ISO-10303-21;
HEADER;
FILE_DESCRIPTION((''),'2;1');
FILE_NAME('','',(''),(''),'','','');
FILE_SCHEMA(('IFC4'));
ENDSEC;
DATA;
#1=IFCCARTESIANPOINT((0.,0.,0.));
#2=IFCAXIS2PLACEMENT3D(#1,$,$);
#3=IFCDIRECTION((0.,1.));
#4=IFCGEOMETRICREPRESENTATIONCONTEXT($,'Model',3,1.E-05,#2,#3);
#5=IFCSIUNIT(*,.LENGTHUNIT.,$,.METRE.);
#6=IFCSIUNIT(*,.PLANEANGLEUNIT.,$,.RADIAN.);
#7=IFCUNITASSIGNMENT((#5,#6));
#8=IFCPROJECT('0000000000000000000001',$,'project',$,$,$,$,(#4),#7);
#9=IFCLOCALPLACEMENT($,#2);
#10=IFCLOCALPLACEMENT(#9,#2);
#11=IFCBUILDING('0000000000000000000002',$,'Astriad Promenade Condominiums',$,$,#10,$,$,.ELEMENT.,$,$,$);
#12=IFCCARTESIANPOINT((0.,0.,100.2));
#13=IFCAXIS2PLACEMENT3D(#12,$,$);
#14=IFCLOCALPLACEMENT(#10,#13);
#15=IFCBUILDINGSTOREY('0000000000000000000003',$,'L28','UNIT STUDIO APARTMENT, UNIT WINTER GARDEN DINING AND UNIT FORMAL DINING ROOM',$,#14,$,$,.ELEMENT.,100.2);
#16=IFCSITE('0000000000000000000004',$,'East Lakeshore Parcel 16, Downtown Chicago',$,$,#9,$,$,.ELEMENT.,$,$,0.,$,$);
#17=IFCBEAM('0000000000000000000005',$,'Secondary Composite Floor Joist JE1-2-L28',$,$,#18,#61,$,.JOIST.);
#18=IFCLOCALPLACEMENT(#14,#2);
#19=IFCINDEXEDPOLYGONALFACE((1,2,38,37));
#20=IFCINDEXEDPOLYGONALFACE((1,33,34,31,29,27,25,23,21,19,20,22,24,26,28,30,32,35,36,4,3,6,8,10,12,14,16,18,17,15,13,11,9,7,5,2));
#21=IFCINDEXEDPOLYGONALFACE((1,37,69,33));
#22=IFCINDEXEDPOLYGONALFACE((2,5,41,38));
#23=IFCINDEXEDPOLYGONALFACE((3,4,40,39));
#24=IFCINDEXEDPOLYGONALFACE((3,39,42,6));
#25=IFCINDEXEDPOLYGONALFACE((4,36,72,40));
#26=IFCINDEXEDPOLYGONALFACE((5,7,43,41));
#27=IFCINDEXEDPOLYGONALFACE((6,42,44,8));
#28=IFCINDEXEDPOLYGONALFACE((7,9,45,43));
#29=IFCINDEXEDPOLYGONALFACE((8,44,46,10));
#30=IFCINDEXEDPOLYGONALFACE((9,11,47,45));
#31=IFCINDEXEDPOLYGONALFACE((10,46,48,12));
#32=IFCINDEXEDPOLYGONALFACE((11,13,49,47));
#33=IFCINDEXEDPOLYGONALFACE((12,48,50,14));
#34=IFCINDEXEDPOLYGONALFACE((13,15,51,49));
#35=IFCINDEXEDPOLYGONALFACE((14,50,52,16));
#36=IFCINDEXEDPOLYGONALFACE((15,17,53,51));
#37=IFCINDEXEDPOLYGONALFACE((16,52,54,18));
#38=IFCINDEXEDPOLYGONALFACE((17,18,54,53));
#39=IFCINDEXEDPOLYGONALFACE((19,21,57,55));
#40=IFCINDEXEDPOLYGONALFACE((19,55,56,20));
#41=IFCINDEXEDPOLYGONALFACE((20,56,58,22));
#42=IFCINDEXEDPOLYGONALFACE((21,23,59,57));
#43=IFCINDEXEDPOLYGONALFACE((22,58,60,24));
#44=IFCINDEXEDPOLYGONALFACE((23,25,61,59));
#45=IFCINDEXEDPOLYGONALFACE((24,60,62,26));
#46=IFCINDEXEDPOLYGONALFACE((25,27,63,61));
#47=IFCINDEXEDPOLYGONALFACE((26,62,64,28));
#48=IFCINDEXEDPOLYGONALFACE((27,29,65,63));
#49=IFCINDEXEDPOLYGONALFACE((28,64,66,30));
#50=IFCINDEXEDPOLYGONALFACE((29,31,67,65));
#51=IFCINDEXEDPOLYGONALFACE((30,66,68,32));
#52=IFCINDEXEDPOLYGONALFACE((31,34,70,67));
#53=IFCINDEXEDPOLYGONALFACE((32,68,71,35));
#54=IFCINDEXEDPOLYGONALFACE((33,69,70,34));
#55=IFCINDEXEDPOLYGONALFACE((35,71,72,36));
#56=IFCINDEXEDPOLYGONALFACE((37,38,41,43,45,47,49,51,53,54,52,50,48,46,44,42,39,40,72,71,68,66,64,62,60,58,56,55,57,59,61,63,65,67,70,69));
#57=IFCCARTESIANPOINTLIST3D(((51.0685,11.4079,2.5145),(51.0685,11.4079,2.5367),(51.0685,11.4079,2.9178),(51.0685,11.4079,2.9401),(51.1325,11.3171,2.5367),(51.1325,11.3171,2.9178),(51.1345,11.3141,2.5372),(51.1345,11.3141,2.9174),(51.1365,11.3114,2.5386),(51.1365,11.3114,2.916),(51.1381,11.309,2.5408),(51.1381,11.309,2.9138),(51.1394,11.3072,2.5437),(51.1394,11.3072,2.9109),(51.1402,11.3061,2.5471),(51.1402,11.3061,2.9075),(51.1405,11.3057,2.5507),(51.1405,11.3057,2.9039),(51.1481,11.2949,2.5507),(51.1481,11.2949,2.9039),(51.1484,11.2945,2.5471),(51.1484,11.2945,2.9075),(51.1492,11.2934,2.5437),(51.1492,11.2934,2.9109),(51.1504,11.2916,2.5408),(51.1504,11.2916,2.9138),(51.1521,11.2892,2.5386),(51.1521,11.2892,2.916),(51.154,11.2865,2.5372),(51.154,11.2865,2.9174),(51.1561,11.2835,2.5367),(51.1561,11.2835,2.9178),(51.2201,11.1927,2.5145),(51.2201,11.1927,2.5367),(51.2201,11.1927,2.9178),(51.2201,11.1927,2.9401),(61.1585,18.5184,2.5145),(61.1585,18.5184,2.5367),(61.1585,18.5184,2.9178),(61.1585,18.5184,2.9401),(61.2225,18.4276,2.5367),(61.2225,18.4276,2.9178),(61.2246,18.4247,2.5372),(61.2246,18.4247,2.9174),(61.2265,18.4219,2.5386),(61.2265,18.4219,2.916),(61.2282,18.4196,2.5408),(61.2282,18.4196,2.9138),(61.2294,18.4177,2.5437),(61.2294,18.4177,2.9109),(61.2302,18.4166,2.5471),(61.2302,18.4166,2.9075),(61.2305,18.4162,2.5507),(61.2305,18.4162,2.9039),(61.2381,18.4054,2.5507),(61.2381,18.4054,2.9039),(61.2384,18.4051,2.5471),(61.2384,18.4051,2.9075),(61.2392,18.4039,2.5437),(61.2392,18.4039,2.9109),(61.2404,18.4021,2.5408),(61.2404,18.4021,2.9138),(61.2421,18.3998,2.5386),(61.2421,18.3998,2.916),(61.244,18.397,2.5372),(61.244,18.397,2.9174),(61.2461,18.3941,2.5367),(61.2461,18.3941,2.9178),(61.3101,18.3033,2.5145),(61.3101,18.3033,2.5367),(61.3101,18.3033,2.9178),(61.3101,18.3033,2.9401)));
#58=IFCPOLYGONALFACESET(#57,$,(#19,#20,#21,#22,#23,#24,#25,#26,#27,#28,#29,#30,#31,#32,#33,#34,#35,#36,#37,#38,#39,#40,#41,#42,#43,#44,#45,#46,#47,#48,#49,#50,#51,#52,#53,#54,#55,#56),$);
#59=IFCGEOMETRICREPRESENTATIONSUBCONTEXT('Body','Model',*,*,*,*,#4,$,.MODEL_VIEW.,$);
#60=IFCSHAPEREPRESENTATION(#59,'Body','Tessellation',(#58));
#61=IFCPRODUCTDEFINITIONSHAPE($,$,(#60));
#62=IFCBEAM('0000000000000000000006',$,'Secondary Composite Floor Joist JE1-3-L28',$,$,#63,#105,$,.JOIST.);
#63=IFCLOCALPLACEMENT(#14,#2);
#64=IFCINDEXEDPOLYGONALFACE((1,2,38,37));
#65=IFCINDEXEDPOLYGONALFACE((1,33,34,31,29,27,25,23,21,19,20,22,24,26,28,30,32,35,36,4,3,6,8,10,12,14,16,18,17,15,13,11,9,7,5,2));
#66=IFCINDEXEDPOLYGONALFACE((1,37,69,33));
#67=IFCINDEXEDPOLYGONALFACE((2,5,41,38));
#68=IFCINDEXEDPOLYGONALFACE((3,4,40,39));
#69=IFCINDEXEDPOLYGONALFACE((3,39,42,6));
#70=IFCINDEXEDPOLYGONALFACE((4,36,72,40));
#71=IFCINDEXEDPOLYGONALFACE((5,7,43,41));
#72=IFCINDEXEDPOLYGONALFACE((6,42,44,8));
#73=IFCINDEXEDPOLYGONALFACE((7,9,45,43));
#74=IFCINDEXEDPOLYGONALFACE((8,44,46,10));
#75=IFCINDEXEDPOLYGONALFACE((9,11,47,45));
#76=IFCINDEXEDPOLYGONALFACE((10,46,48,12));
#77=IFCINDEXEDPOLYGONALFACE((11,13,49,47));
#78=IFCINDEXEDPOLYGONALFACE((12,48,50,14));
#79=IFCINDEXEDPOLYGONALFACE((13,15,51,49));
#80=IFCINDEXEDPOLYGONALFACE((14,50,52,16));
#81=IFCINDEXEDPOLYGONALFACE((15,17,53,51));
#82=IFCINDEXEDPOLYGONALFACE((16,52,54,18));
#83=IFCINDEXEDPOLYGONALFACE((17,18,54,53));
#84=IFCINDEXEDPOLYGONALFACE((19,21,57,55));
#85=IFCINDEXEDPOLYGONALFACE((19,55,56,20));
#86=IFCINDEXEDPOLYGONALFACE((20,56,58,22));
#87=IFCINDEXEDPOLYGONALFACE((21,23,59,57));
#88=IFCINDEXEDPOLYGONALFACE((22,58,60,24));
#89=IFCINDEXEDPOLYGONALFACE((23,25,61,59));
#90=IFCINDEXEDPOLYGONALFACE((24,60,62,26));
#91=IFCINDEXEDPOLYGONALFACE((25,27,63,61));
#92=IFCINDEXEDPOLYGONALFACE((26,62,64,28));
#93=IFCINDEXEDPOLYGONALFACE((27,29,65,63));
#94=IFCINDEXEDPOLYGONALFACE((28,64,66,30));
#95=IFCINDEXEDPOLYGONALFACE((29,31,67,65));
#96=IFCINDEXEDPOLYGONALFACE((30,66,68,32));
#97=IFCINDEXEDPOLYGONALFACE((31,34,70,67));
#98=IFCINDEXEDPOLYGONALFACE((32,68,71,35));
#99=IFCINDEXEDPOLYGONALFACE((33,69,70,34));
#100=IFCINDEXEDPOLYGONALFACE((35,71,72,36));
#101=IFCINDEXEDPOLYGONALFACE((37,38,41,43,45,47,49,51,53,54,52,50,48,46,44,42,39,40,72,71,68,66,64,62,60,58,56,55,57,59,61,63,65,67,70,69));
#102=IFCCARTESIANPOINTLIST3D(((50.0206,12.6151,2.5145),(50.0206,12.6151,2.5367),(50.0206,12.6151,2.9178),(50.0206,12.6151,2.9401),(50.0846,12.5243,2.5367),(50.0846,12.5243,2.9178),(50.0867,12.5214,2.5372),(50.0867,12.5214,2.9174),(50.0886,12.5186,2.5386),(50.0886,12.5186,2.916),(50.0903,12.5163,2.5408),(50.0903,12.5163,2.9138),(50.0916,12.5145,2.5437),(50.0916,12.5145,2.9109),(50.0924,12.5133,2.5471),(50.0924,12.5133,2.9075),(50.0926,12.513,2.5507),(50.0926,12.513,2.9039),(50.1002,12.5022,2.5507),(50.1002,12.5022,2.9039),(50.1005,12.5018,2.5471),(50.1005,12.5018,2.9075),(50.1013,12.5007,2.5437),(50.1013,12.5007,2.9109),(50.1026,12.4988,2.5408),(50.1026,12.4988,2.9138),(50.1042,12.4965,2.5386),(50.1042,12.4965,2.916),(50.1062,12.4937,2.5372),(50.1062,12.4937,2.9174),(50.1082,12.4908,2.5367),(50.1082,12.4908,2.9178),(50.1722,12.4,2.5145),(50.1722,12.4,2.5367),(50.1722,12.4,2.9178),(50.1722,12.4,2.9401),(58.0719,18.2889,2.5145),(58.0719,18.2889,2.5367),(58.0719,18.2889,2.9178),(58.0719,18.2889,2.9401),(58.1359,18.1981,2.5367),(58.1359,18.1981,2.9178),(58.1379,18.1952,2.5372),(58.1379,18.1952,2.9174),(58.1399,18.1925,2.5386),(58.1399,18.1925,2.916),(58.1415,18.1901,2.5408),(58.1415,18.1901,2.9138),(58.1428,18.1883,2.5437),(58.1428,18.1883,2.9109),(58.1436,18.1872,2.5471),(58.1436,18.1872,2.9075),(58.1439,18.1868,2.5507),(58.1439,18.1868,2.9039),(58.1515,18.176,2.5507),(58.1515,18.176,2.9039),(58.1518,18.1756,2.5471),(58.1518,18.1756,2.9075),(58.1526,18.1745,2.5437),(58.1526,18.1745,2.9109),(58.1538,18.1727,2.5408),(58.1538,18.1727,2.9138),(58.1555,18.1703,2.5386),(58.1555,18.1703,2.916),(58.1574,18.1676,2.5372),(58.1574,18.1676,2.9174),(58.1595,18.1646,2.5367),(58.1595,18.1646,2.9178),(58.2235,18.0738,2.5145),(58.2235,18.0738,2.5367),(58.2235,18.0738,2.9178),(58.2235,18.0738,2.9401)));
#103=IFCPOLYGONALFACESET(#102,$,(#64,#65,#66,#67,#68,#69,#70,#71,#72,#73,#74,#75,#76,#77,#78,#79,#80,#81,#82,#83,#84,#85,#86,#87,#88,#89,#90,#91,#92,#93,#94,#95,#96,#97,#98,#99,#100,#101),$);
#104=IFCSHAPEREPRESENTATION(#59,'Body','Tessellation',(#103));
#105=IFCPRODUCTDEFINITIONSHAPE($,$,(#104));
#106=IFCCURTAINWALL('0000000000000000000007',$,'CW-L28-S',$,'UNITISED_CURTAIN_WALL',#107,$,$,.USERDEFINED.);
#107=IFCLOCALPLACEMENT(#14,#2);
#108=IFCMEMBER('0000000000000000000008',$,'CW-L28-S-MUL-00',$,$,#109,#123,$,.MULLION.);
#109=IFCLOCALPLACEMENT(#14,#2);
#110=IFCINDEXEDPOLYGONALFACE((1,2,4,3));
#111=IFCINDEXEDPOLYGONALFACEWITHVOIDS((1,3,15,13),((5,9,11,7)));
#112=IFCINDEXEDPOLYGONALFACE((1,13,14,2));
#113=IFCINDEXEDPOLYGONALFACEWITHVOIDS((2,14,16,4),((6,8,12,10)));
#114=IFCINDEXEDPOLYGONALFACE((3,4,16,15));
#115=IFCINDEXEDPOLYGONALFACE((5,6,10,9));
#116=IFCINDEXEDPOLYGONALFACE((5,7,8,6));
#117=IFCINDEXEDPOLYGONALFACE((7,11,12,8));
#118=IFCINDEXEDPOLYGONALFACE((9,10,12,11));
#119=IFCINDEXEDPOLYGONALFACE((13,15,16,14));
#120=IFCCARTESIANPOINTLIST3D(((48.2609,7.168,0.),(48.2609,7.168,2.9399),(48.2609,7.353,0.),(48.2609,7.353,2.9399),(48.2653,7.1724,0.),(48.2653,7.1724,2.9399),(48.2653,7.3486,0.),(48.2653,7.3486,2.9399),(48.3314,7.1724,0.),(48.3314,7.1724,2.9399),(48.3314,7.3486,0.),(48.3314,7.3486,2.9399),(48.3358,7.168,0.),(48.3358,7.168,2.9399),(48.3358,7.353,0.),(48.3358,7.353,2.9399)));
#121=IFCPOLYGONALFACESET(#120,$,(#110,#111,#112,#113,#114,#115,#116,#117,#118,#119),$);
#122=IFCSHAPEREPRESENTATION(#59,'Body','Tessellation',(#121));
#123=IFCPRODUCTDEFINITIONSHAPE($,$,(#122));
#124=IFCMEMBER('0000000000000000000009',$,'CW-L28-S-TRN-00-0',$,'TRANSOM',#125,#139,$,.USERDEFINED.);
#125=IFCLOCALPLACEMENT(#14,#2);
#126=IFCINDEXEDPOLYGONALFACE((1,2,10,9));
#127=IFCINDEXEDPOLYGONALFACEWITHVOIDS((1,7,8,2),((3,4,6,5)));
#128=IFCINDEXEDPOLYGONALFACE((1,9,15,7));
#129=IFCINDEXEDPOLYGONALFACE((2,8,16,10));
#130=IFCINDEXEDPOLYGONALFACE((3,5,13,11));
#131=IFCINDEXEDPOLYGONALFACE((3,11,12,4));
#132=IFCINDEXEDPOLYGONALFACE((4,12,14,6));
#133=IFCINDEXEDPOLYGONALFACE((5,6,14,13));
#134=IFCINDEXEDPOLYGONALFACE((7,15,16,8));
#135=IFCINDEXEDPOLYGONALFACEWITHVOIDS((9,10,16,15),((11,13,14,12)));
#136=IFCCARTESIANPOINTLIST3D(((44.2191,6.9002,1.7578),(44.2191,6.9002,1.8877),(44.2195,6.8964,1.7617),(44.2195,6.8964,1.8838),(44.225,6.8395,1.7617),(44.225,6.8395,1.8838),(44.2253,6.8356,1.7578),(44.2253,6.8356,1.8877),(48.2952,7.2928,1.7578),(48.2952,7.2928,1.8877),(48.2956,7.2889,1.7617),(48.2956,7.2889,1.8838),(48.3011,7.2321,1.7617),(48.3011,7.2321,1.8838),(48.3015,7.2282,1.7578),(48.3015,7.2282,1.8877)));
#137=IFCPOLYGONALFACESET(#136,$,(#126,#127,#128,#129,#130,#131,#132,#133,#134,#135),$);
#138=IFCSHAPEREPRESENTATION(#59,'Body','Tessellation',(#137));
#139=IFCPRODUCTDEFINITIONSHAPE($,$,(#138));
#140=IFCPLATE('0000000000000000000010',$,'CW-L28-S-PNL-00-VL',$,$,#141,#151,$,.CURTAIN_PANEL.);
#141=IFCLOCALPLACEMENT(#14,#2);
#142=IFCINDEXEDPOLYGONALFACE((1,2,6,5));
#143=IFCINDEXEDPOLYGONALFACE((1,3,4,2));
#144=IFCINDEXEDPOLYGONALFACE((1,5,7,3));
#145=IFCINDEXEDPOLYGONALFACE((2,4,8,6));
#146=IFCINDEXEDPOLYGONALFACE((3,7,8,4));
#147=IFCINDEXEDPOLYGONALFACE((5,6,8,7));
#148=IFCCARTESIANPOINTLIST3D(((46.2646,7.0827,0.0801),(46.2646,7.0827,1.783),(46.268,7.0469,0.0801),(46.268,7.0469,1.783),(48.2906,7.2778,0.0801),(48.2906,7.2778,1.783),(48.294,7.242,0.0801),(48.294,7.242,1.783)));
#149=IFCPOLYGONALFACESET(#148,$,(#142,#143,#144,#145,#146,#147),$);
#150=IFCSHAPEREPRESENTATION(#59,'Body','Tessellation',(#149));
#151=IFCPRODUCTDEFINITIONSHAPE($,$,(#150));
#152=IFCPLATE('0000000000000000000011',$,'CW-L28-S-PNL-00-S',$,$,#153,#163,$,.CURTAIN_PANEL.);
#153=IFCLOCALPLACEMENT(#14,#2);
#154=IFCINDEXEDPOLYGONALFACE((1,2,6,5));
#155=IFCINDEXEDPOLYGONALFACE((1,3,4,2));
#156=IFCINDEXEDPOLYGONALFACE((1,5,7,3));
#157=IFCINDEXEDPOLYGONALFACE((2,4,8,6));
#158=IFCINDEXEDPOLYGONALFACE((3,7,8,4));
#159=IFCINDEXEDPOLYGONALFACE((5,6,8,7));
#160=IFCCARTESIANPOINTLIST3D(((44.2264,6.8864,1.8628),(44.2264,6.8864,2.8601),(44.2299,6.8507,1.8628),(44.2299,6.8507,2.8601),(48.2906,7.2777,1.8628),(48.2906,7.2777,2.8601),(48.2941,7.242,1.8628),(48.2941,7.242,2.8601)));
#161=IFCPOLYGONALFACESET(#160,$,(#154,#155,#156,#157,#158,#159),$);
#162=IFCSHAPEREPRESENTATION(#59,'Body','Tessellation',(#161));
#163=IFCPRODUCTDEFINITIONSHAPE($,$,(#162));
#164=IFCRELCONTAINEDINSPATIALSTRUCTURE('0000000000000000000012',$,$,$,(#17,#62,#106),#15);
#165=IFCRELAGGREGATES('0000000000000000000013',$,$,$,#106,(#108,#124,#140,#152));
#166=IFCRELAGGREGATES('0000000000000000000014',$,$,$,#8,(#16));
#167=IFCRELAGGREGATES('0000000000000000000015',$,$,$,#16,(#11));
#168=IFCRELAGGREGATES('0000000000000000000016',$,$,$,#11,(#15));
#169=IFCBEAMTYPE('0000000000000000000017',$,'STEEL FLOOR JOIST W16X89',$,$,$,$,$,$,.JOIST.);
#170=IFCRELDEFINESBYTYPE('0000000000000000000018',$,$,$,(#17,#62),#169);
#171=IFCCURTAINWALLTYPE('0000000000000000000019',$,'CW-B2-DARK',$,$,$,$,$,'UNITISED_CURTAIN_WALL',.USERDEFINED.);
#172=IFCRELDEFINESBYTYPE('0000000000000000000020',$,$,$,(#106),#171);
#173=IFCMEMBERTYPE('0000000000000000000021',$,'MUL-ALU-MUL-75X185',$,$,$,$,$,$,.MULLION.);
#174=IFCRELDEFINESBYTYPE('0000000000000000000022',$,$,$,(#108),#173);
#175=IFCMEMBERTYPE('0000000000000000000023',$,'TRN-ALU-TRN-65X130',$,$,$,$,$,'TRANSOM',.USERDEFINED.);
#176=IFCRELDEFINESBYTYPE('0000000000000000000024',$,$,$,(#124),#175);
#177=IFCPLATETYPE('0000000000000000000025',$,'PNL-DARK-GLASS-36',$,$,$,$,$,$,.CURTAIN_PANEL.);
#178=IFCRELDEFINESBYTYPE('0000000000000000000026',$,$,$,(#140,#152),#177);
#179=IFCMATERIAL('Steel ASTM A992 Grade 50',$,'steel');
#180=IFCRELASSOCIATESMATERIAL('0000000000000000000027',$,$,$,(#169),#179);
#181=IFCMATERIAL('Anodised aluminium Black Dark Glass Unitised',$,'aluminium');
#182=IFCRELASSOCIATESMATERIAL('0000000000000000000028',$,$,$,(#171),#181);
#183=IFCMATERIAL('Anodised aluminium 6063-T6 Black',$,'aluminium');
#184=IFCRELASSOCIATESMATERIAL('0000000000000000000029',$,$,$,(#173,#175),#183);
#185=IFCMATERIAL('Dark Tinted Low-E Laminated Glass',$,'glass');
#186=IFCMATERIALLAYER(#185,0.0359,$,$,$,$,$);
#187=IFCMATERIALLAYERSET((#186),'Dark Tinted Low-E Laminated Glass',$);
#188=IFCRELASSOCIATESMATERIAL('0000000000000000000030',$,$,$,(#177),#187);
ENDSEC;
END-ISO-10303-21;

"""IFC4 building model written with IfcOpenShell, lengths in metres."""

from ifc_helpers import new_model, si_unit, direction, frame, origin, origin_2d, place, context, subcontext, project, spatial, rectangle, hollow_rectangle, i_section, extrude, source, transform, mapped, material, layer, layer_set, material_profile, profile_set, type_object, type_shapes, element, aggregate, save


model = new_model("IFC4")

# Units and contexts
model_context = context("Model", 3, precision=1e-05, world=origin(), true_north=direction((0.0, 1.0)))
body_context = subcontext(model_context, "Body", "Model", "MODEL_VIEW")
ifc_project = project(units=[si_unit("LENGTHUNIT", "METRE"), si_unit("PLANEANGLEUNIT", "RADIAN")], contexts=[model_context])

# Site, building, storey
site_placement = place(None, origin())
site = spatial("IfcSite", under=ifc_project, at=site_placement, Name="East Lakeshore Parcel 16, Downtown Chicago", CompositionType="ELEMENT", RefElevation=0.0)
building_placement = place(site_placement, origin())
building = spatial("IfcBuilding", under=site, at=building_placement, Name="Astriad Promenade Condominiums", CompositionType="ELEMENT")
storey_placement = place(building_placement, frame((0.0, 0.0, 100.2)))
storey = spatial("IfcBuildingStorey", under=building, at=storey_placement, Name="L28", Description="UNIT STUDIO APARTMENT, UNIT WINTER GARDEN DINING AND UNIT FORMAL DINING ROOM", CompositionType="ELEMENT", Elevation=100.2)

# Beams
ifc_material_1 = material(Name="Steel ASTM A992 Grade 50", Category="steel")
ifc_material_profile_1 = material_profile(ifc_material_1, i_section(OverallWidth=0.2632, OverallDepth=0.4255, WebThickness=0.0132, FlangeThickness=0.0222, FilletRadius=0.0139, at=origin_2d()), Name="W16X89")
ifc_profile_set_1 = profile_set([ifc_material_profile_1], Name="Steel ASTM A992 Grade 50")
beam_type_1 = type_object("IfcBeamType", Name="STEEL FLOOR JOIST W16X89", PredefinedType="JOIST", material=ifc_profile_set_1)
shared_shape_1 = source(origin(), body_context, "Body", "SweptSolid", [
    extrude(i_section(OverallWidth=0.2632, OverallDepth=0.4255, WebThickness=0.0132, FlangeThickness=0.0222, FilletRadius=0.0139, at=origin_2d()), origin(), (0.0, 0.0, 1.0), 12.3438),
])
beam_1_placement = place(storey_placement, frame((51.1443, 11.3003, 2.7273), z_axis=(0.817419, 0.576044, 0.0), x_axis=(-0.576044, 0.817419, 0.0)))
element("IfcBeam", 1, at=beam_1_placement, inside=storey, type_object=beam_type_1, Name="Secondary Composite Floor Joist JE1-2-L28", PredefinedType="JOIST", context=body_context, shape_type="MappedRepresentation", body=[
    mapped(shared_shape_1, transform((0.0, 0.0, 0.0), scale=1.0)),
])
shared_shape_2 = source(origin(), body_context, "Body", "SweptSolid", [
    extrude(i_section(OverallWidth=0.2632, OverallDepth=0.4255, WebThickness=0.0132, FlangeThickness=0.0222, FilletRadius=0.0139, at=origin_2d()), origin(), (0.0, 0.0, 1.0), 9.8496),
])
beam_2_placement = place(storey_placement, frame((50.0964, 12.5076, 2.7273), z_axis=(0.817418, 0.576045, 0.0), x_axis=(-0.576045, 0.817418, 0.0)))
element("IfcBeam", 2, at=beam_2_placement, inside=storey, type_object=beam_type_1, Name="Secondary Composite Floor Joist JE1-3-L28", PredefinedType="JOIST", context=body_context, shape_type="MappedRepresentation", body=[
    mapped(shared_shape_2, transform((0.0, 0.0, 0.0), scale=1.0)),
])

# Curtain wall, members, plates
ifc_material_2 = material(Name="Anodised aluminium Black Dark Glass Unitised", Category="aluminium")
curtain_wall_type = type_object("IfcCurtainWallType", Name="CW-B2-DARK", ElementType="UNITISED_CURTAIN_WALL", PredefinedType="USERDEFINED", material=ifc_material_2)
curtain_wall_placement = place(storey_placement, origin())
curtain_wall = element("IfcCurtainWall", 3, at=curtain_wall_placement, inside=storey, type_object=curtain_wall_type, Name="CW-L28-S", ObjectType="UNITISED_CURTAIN_WALL", PredefinedType="USERDEFINED")
ifc_material_3 = material(Name="Anodised aluminium 6063-T6 Black", Category="aluminium")
ifc_material_profile_2 = material_profile(ifc_material_3, hollow_rectangle(XDim=0.075, YDim=0.1851, WallThickness=0.0044, at=origin_2d()), Name="ALU-MUL-75X185")
ifc_profile_set_2 = profile_set([ifc_material_profile_2], Name="Anodised aluminium 6063-T6 Black")
member_type_1 = type_object("IfcMemberType", Name="MUL-ALU-MUL-75X185", PredefinedType="MULLION", material=ifc_profile_set_2)
shared_shape_3 = source(origin(), body_context, "Body", "SweptSolid", [
    extrude(hollow_rectangle(XDim=0.075, YDim=0.1851, WallThickness=0.0044, at=origin_2d()), origin(), (0.0, 0.0, 1.0), 2.9399),
])
type_shapes(member_type_1, [shared_shape_3])
member_1_placement = place(storey_placement, frame((48.2983, 7.2605, 0.0), z_axis=(0.0, 0.0, 1.0), x_axis=(1.0, 0.0, 0.0)))
member_1 = element("IfcMember", 4, at=member_1_placement, type_object=member_type_1, Name="CW-L28-S-MUL-00", PredefinedType="MULLION", context=body_context, shape_type="MappedRepresentation", body=[
    mapped(shared_shape_3, transform((0.0, 0.0, 0.0), scale=1.0)),
])
ifc_material_profile_3 = material_profile(ifc_material_3, hollow_rectangle(XDim=0.0649, YDim=0.1299, WallThickness=0.0039, at=origin_2d()), Name="ALU-TRN-65X130")
ifc_profile_set_3 = profile_set([ifc_material_profile_3], Name="Anodised aluminium 6063-T6 Black")
member_type_2 = type_object("IfcMemberType", Name="TRN-ALU-TRN-65X130", ElementType="TRANSOM", PredefinedType="USERDEFINED", material=ifc_profile_set_3)
shared_shape_4 = source(origin(), body_context, "Body", "SweptSolid", [
    extrude(hollow_rectangle(XDim=0.0649, YDim=0.1299, WallThickness=0.0039, at=origin_2d()), origin(), (0.0, 0.0, 1.0), 4.095),
])
type_shapes(member_type_2, [shared_shape_4])
member_2_placement = place(storey_placement, frame((48.2983, 7.2605, 1.8228), z_axis=(-0.995394, -0.095867, 0.0), x_axis=(0.095867, -0.995394, 0.0)))
member_2 = element("IfcMember", 5, at=member_2_placement, type_object=member_type_2, Name="CW-L28-S-TRN-00-0", ObjectType="TRANSOM", PredefinedType="USERDEFINED", context=body_context, shape_type="MappedRepresentation", body=[
    mapped(shared_shape_4, transform((0.0, 0.0, 0.0), scale=1.0)),
])
ifc_material_4 = material(Name="Dark Tinted Low-E Laminated Glass", Category="glass")
ifc_layer_1 = layer(ifc_material_4, 0.0359)
ifc_layer_set_1 = layer_set([ifc_layer_1], Name="Dark Tinted Low-E Laminated Glass")
plate_type = type_object("IfcPlateType", Name="PNL-DARK-GLASS-36", PredefinedType="CURTAIN_PANEL", material=ifc_layer_set_1)
shared_shape_5 = source(origin(), body_context, "Body", "SweptSolid", [
    extrude(rectangle(XDim=2.0354, YDim=0.0359, at=origin_2d()), origin(), (0.0, 0.0, 1.0), 1.7029),
])
plate_1_placement = place(storey_placement, frame((47.2793, 7.1624, 0.0801), z_axis=(0.0, 0.0, 1.0), x_axis=(-0.995396, -0.095846, 0.0)))
plate_1 = element("IfcPlate", 6, at=plate_1_placement, type_object=plate_type, Name="CW-L28-S-PNL-00-VL", PredefinedType="CURTAIN_PANEL", context=body_context, shape_type="MappedRepresentation", body=[
    mapped(shared_shape_5, transform((0.0, 0.0, 0.0), scale=1.0)),
])
shared_shape_6 = source(origin(), body_context, "Body", "SweptSolid", [
    extrude(rectangle(XDim=4.083, YDim=0.0359, at=origin_2d()), origin(), (0.0, 0.0, 1.0), 0.9973),
])
type_shapes(plate_type, [shared_shape_5, shared_shape_6])
plate_2_placement = place(storey_placement, frame((46.2603, 7.0642, 1.8628), z_axis=(0.0, 0.0, 1.0), x_axis=(-0.995396, -0.095846, 0.0)))
plate_2 = element("IfcPlate", 7, at=plate_2_placement, type_object=plate_type, Name="CW-L28-S-PNL-00-S", PredefinedType="CURTAIN_PANEL", context=body_context, shape_type="MappedRepresentation", body=[
    mapped(shared_shape_6, transform((0.0, 0.0, 0.0), scale=1.0)),
])
aggregate(curtain_wall, [member_1, member_2, plate_1, plate_2])

save(model, "model.ifc")
